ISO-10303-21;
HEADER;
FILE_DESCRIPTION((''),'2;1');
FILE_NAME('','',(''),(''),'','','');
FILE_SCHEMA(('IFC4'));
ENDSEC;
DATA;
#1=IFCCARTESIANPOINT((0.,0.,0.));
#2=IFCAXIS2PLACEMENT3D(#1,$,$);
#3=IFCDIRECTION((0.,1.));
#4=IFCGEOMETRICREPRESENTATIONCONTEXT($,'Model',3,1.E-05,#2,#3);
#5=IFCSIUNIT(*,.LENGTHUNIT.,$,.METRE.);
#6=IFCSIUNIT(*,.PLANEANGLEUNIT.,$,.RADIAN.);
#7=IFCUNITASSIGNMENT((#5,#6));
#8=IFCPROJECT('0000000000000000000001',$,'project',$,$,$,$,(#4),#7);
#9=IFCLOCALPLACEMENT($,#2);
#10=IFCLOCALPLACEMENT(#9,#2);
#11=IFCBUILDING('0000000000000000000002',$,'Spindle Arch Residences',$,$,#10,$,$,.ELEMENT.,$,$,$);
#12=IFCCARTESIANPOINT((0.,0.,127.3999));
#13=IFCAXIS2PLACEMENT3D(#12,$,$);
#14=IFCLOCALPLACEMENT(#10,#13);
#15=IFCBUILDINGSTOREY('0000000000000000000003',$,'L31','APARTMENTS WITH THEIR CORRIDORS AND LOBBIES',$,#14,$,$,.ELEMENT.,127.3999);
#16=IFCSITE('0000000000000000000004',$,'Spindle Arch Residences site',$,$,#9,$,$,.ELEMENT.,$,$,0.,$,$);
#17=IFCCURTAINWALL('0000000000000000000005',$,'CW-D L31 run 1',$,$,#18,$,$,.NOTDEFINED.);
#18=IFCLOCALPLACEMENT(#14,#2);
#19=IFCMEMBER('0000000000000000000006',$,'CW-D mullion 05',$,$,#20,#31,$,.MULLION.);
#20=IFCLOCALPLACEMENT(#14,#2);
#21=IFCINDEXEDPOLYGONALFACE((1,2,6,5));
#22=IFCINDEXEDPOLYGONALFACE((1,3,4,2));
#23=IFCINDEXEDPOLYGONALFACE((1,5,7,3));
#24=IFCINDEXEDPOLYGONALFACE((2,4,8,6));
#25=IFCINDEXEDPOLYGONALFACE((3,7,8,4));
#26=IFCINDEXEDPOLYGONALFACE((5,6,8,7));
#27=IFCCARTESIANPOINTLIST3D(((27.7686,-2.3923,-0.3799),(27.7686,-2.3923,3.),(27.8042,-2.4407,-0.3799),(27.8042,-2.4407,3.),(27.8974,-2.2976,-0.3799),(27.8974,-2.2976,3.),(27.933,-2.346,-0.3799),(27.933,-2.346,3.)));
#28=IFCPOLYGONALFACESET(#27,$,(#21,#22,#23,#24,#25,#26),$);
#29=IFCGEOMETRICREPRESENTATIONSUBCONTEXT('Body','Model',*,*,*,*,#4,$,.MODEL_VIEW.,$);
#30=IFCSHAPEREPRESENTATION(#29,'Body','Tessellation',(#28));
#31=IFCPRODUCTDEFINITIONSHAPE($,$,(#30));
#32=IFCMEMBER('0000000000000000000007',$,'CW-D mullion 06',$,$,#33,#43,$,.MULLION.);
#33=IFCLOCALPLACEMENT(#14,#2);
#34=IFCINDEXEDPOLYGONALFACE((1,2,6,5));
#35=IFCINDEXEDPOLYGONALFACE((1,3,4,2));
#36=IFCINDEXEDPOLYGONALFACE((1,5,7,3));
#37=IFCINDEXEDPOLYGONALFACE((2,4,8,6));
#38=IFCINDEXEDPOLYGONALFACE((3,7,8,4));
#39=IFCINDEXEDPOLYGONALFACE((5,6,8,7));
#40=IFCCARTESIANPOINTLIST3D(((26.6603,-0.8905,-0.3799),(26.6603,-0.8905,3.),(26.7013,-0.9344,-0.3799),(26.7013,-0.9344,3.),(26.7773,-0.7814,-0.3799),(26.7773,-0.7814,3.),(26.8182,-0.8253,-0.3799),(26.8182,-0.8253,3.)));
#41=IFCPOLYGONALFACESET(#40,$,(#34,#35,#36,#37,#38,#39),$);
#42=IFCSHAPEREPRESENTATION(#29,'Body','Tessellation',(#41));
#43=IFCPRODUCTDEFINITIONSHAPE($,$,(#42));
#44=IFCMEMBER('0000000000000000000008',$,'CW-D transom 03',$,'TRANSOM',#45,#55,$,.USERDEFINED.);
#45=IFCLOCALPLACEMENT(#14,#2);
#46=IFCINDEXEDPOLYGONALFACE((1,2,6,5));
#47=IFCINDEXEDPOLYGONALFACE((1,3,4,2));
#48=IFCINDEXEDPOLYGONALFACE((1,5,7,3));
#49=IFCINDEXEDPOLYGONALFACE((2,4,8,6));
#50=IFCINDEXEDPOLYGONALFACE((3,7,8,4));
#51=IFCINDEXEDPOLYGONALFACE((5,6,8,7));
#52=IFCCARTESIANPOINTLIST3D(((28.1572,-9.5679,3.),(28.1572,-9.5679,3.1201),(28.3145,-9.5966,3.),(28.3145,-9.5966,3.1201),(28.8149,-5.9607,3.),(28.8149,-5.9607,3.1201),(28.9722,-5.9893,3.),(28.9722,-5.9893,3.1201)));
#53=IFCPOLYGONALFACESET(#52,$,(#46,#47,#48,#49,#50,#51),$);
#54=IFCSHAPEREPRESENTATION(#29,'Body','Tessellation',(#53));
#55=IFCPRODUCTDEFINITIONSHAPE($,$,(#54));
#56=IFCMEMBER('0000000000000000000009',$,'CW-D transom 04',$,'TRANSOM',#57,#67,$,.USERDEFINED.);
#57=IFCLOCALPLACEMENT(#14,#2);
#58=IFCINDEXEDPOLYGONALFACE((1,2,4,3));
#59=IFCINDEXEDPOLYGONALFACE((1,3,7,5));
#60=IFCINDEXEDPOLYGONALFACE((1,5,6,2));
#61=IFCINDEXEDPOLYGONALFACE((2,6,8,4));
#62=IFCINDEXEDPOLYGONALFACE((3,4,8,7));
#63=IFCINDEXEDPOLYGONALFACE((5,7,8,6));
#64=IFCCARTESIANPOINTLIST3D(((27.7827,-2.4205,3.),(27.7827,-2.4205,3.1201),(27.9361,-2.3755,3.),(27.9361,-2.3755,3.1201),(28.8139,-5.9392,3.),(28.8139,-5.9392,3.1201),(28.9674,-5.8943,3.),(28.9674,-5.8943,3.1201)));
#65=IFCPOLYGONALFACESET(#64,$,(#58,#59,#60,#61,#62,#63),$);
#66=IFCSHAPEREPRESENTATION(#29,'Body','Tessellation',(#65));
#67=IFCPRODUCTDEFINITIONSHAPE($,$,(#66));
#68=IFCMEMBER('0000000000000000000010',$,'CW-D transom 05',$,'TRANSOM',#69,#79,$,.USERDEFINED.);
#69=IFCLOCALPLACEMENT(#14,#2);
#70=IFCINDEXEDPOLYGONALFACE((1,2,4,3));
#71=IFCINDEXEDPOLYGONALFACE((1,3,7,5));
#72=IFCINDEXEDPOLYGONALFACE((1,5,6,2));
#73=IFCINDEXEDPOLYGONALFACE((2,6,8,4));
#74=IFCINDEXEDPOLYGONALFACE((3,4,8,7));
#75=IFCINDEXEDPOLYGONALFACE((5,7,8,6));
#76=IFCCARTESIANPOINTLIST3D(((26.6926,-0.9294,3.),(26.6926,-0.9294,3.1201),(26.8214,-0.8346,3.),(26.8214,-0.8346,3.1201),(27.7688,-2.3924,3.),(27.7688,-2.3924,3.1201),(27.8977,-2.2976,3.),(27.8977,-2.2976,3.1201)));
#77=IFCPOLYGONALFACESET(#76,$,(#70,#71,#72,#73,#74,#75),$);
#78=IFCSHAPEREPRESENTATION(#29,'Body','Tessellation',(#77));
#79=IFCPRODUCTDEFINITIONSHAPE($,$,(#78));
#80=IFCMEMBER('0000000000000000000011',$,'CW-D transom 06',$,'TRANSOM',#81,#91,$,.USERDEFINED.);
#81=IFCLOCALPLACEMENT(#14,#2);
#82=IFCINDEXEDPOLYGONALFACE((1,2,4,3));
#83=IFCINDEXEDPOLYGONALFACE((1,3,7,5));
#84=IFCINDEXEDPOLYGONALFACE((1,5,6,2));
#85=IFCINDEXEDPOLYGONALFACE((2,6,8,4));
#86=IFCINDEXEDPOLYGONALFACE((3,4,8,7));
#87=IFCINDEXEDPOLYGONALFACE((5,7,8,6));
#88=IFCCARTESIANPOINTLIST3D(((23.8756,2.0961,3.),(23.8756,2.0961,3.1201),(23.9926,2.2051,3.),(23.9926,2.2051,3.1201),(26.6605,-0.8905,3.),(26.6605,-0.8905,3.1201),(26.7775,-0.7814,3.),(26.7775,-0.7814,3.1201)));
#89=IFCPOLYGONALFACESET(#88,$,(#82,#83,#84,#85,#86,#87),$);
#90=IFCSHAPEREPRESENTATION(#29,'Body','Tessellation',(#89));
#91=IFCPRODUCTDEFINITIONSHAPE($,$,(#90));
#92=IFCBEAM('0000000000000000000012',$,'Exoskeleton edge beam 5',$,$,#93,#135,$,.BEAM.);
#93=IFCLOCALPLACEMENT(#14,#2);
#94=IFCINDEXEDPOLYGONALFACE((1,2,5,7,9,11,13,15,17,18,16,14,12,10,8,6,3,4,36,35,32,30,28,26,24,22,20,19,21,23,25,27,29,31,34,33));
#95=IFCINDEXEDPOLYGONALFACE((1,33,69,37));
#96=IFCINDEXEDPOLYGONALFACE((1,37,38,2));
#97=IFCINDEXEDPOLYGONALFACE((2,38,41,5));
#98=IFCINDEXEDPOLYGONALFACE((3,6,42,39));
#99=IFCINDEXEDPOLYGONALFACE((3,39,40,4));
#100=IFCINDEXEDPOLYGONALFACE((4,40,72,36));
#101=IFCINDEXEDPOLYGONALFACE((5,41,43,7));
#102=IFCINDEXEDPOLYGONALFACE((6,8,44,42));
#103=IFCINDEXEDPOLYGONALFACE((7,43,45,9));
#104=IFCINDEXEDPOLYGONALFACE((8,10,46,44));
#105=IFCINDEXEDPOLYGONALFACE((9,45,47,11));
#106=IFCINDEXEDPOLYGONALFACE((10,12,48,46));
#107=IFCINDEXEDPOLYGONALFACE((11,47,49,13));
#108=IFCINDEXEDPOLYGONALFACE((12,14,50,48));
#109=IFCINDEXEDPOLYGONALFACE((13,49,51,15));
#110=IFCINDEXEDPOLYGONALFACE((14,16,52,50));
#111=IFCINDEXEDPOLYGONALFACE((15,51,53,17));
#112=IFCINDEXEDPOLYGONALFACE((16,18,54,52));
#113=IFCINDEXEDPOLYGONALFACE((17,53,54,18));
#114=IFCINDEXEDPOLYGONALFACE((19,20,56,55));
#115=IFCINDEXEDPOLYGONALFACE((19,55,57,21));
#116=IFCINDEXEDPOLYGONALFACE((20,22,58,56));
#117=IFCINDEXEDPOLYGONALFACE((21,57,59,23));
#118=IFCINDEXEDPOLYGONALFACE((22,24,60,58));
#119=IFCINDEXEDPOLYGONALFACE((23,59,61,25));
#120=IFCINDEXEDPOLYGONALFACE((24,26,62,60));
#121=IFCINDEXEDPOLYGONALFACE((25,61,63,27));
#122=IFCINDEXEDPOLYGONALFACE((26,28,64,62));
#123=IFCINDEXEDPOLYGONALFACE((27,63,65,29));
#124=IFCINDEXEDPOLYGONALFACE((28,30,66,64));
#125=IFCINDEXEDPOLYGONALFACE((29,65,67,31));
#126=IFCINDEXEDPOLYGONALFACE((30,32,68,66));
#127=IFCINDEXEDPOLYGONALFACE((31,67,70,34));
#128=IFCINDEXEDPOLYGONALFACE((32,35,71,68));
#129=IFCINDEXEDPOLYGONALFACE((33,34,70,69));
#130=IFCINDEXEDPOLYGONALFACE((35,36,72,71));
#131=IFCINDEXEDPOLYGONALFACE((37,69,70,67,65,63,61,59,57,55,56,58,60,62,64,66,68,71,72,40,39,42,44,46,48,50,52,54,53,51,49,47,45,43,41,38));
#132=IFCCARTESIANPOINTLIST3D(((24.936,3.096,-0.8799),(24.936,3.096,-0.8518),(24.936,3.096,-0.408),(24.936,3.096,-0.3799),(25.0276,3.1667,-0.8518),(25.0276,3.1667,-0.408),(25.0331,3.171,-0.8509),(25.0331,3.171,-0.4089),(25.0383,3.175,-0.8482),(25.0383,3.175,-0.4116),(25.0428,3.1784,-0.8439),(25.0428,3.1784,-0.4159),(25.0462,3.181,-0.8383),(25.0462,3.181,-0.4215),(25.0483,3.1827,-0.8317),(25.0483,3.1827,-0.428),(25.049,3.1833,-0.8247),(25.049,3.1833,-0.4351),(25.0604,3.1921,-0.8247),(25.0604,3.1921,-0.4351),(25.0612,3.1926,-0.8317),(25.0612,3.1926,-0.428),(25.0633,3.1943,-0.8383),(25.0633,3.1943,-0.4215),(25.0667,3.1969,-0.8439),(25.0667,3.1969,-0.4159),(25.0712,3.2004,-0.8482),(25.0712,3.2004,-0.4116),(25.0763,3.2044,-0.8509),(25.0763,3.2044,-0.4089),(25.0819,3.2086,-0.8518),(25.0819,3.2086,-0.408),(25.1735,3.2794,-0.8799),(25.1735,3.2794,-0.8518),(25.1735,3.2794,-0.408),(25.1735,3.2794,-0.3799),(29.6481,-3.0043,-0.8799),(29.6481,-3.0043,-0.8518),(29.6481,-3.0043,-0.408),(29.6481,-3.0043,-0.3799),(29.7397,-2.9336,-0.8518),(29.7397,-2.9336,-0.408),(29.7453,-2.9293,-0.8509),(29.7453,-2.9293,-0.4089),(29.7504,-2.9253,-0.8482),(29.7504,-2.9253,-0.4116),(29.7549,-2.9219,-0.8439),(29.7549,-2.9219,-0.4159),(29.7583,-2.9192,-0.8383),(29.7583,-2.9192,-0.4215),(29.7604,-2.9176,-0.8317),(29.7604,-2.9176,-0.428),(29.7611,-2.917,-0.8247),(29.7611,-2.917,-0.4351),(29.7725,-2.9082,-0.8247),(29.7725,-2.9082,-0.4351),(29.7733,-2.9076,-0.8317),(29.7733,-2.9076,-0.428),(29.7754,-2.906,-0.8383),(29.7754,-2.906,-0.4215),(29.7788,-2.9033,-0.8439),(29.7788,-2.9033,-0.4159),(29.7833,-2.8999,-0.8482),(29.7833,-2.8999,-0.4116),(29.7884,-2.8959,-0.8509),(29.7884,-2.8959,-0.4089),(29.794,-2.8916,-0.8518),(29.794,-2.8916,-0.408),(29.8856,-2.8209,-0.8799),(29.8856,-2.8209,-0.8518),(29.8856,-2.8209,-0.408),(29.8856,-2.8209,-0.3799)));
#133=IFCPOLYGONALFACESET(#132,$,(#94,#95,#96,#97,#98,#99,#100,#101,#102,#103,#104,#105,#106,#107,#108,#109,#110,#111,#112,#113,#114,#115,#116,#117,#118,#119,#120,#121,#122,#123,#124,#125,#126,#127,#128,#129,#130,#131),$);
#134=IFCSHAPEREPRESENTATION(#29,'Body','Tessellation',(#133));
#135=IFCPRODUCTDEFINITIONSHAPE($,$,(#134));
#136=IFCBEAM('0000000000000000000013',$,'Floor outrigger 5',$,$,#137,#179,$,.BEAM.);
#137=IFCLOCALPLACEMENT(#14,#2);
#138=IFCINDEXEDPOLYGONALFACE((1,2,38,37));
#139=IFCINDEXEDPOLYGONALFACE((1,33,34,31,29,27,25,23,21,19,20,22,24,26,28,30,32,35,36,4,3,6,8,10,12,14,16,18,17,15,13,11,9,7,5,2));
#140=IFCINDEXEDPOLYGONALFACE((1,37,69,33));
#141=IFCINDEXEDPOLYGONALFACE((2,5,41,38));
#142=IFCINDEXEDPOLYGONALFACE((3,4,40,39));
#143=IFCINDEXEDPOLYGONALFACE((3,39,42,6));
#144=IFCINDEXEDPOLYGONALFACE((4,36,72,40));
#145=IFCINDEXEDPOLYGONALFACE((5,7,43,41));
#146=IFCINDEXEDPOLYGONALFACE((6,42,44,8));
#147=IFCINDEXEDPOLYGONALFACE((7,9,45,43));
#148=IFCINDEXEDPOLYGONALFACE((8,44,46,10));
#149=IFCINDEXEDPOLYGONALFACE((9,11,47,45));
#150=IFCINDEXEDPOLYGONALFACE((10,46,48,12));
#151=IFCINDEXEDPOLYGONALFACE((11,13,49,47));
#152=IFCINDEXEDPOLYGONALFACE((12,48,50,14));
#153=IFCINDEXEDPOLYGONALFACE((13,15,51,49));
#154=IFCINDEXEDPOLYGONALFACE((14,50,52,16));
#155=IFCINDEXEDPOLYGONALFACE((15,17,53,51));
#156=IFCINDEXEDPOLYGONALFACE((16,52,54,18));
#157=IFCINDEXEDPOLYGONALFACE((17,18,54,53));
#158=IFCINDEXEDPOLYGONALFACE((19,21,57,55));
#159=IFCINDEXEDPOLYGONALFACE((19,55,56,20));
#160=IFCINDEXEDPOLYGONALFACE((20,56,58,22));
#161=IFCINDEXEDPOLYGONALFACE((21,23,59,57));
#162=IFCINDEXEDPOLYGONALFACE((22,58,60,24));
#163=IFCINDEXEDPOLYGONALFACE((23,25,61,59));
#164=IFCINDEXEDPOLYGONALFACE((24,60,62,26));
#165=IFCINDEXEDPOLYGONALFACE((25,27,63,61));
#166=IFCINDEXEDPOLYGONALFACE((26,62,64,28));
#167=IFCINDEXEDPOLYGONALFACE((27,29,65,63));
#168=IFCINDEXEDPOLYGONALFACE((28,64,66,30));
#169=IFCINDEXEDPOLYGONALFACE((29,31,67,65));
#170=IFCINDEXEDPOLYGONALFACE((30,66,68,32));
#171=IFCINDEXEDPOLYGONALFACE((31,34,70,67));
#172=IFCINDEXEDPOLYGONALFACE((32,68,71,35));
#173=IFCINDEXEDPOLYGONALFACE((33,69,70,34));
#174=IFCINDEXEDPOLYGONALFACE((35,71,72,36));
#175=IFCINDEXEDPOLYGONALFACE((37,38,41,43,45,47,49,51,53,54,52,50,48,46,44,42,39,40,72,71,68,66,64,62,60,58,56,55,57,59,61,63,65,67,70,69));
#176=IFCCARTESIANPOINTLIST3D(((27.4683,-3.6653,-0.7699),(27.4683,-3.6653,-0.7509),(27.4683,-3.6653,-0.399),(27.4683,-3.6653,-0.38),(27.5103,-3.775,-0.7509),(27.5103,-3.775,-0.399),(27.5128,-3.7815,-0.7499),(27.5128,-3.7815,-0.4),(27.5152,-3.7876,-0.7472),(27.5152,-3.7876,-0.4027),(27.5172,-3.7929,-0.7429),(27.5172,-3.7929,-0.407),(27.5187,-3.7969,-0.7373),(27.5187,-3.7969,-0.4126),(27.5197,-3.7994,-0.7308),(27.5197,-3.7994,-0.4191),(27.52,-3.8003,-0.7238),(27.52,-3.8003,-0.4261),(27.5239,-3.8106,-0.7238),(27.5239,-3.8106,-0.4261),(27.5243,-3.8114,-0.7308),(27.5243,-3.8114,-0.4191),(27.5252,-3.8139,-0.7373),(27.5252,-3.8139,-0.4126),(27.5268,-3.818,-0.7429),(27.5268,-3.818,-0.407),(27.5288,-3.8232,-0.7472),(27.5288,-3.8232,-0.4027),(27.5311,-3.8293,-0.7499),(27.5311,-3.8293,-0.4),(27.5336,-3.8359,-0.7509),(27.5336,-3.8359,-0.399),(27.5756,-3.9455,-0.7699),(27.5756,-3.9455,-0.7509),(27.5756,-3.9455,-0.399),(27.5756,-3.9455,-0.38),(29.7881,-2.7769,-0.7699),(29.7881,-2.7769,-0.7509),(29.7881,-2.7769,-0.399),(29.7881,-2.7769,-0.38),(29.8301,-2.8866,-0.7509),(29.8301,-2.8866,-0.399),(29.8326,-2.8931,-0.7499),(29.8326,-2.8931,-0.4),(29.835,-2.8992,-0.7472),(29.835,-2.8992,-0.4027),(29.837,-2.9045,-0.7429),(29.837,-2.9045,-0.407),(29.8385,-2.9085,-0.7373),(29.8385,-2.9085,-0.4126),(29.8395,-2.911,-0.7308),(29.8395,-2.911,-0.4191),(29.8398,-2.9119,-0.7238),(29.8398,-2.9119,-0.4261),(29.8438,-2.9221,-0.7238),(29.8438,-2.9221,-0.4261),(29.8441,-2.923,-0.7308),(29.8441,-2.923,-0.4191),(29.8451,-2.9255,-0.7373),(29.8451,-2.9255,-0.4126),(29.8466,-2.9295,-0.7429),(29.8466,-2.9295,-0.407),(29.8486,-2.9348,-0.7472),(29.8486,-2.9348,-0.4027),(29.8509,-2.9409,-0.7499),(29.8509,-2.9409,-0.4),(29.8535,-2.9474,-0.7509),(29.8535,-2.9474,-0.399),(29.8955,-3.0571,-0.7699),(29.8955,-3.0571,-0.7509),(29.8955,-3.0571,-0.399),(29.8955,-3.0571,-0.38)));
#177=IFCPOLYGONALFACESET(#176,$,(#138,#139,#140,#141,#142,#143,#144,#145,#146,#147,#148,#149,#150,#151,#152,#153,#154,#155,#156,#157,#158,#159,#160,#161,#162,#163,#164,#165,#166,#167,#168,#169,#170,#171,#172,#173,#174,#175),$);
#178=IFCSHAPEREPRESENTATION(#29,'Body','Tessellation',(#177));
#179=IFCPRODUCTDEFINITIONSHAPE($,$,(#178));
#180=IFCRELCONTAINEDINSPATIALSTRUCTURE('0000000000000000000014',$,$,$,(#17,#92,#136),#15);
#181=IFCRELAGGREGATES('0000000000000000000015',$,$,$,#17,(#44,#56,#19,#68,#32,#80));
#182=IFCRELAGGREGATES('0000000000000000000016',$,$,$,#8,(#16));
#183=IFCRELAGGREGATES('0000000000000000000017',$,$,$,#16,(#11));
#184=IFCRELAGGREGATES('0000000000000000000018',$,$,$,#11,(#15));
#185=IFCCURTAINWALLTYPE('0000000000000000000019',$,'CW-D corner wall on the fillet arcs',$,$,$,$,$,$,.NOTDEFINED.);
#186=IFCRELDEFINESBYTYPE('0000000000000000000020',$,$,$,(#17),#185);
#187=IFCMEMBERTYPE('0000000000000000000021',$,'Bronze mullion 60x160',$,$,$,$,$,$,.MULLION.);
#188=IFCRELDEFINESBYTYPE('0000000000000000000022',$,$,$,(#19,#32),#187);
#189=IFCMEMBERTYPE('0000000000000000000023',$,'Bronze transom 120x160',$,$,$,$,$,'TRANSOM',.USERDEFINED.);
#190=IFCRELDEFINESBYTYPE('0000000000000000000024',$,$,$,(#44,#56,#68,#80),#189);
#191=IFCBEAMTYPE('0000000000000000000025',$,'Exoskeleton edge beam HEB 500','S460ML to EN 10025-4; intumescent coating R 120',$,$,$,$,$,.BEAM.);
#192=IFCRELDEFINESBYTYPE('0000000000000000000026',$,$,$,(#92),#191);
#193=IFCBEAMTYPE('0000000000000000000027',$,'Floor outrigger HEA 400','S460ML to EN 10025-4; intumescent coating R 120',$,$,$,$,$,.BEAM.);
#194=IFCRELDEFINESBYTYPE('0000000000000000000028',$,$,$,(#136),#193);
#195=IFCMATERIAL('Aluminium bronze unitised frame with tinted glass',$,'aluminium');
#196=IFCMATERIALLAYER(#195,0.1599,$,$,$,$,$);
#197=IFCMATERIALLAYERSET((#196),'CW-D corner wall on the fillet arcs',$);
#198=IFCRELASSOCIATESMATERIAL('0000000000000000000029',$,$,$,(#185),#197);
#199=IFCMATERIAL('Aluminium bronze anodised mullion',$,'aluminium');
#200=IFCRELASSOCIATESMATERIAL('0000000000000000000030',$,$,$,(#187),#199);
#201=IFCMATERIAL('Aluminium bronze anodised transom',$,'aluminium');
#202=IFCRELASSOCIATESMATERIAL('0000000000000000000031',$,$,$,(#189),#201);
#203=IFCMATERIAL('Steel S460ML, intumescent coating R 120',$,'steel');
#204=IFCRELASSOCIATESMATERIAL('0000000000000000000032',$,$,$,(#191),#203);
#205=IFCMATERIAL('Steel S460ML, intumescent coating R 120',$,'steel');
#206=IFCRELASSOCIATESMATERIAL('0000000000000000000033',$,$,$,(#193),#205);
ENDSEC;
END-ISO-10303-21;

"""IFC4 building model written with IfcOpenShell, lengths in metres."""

from ifc_helpers import new_model, si_unit, direction, frame, origin, origin_2d, place, context, subcontext, project, spatial, rectangle, i_section, extrude, material, layer, layer_set, material_profile, profile_set, type_object, element, aggregate, save


model = new_model("IFC4")

# Units and contexts
model_context = context("Model", 3, precision=1e-05, world=origin(), true_north=direction((0.0, 1.0)))
body_context = subcontext(model_context, "Body", "Model", "MODEL_VIEW")
ifc_project = project(units=[si_unit("LENGTHUNIT", "METRE"), si_unit("PLANEANGLEUNIT", "RADIAN")], contexts=[model_context])

# Site, building, storey
site_placement = place(None, origin())
site = spatial("IfcSite", under=ifc_project, at=site_placement, Name="Spindle Arch Residences site", CompositionType="ELEMENT", RefElevation=0.0)
building_placement = place(site_placement, origin())
building = spatial("IfcBuilding", under=site, at=building_placement, Name="Spindle Arch Residences", CompositionType="ELEMENT")
storey_placement = place(building_placement, frame((0.0, 0.0, 127.3999)))
storey = spatial("IfcBuildingStorey", under=building, at=storey_placement, Name="L31", Description="APARTMENTS WITH THEIR CORRIDORS AND LOBBIES", CompositionType="ELEMENT", Elevation=127.3999)

# Curtain wall, members
ifc_material_1 = material(Name="Aluminium bronze unitised frame with tinted glass", Category="aluminium")
ifc_layer_1 = layer(ifc_material_1, 0.1599)
ifc_layer_set_1 = layer_set([ifc_layer_1], Name="CW-D corner wall on the fillet arcs")
curtain_wall_type = type_object("IfcCurtainWallType", Name="CW-D corner wall on the fillet arcs", PredefinedType="NOTDEFINED", material=ifc_layer_set_1)
curtain_wall_placement = place(storey_placement, origin())
curtain_wall = element("IfcCurtainWall", 1, at=curtain_wall_placement, inside=storey, type_object=curtain_wall_type, Name="CW-D L31 run 1", PredefinedType="NOTDEFINED")
ifc_material_2 = material(Name="Aluminium bronze anodised mullion", Category="aluminium")
ifc_material_profile_1 = material_profile(ifc_material_2, rectangle(XDim=0.1599, YDim=0.0601, at=origin_2d()), Name="MU 60x160")
ifc_profile_set_1 = profile_set([ifc_material_profile_1], Name="Aluminium bronze anodised mullion")
member_type_1 = type_object("IfcMemberType", Name="Bronze mullion 60x160", PredefinedType="MULLION", material=ifc_profile_set_1)
member_1_placement = place(storey_placement, frame((27.8508, -2.3691, -0.3799), z_axis=(0.0, 0.0, 1.0), x_axis=(-0.805584, -0.592482, 0.0)))
member_1 = element("IfcMember", 2, at=member_1_placement, type_object=member_type_1, Name="CW-D mullion 05", PredefinedType="MULLION", context=body_context, shape_type="SweptSolid", body=[
    extrude(rectangle(XDim=0.1599, YDim=0.0601, at=origin_2d()), origin(), (0.0, 0.0, 1.0), 3.3799),
])
member_2_placement = place(storey_placement, frame((26.7393, -0.8579, -0.3799), z_axis=(0.0, 0.0, 1.0), x_axis=(-0.731354, -0.681998, 0.0)))
member_2 = element("IfcMember", 3, at=member_2_placement, type_object=member_type_1, Name="CW-D mullion 06", PredefinedType="MULLION", context=body_context, shape_type="SweptSolid", body=[
    extrude(rectangle(XDim=0.1599, YDim=0.0601, at=origin_2d()), origin(), (0.0, 0.0, 1.0), 3.3799),
])
ifc_material_3 = material(Name="Aluminium bronze anodised transom", Category="aluminium")
ifc_material_profile_2 = material_profile(ifc_material_3, rectangle(XDim=0.1599, YDim=0.1201, at=origin_2d()), Name="TR 120x160")
ifc_profile_set_2 = profile_set([ifc_material_profile_2], Name="Aluminium bronze anodised transom")
member_type_2 = type_object("IfcMemberType", Name="Bronze transom 120x160", ElementType="TRANSOM", PredefinedType="USERDEFINED", material=ifc_profile_set_2)
member_3_placement = place(storey_placement, frame((28.2358, -9.5823, 3.0601), z_axis=(0.179378, 0.98378, 0.0), x_axis=(-0.98378, 0.179378, 0.0)))
member_3 = element("IfcMember", 4, at=member_3_placement, type_object=member_type_2, Name="CW-D transom 03", ObjectType="TRANSOM", PredefinedType="USERDEFINED", context=body_context, shape_type="SweptSolid", body=[
    extrude(rectangle(XDim=0.1599, YDim=0.1201, at=origin_2d()), origin(), (0.0, 0.0, 1.0), 3.6667),
])
member_4_placement = place(storey_placement, frame((28.8906, -5.9167, 3.0601), z_axis=(-0.28124, 0.959638, 0.0), x_axis=(-0.959638, -0.28124, 0.0)))
member_4 = element("IfcMember", 5, at=member_4_placement, type_object=member_type_2, Name="CW-D transom 04", ObjectType="TRANSOM", PredefinedType="USERDEFINED", context=body_context, shape_type="SweptSolid", body=[
    extrude(rectangle(XDim=0.1599, YDim=0.1201, at=origin_2d()), origin(), (0.0, 0.0, 1.0), 3.6667),
])
member_5_placement = place(storey_placement, frame((27.8333, -2.345, 3.0601), z_axis=(-0.592575, 0.805515, 0.0), x_axis=(-0.805515, -0.592575, 0.0)))
member_5 = element("IfcMember", 6, at=member_5_placement, type_object=member_type_2, Name="CW-D transom 05", ObjectType="TRANSOM", PredefinedType="USERDEFINED", context=body_context, shape_type="SweptSolid", body=[
    extrude(rectangle(XDim=0.1599, YDim=0.1201, at=origin_2d()), origin(), (0.0, 0.0, 1.0), 1.8162),
])
member_6_placement = place(storey_placement, frame((26.719, -0.8359, 3.0601), z_axis=(-0.681984, 0.731367, 0.0), x_axis=(-0.731367, -0.681984, 0.0)))
member_6 = element("IfcMember", 7, at=member_6_placement, type_object=member_type_2, Name="CW-D transom 06", ObjectType="TRANSOM", PredefinedType="USERDEFINED", context=body_context, shape_type="SweptSolid", body=[
    extrude(rectangle(XDim=0.1599, YDim=0.1201, at=origin_2d()), origin(), (0.0, 0.0, 1.0), 4.0835),
])

# Beams
ifc_material_4 = material(Name="Steel S460ML, intumescent coating R 120", Category="steel")
ifc_material_profile_3 = material_profile(ifc_material_4, i_section(OverallWidth=0.3, OverallDepth=0.5, WebThickness=0.0144, FlangeThickness=0.0281, FilletRadius=0.0271, at=origin_2d()), Name="HEB 500")
ifc_profile_set_3 = profile_set([ifc_material_profile_3], Name="Steel S460ML, intumescent coating R 120")
beam_type_1 = type_object("IfcBeamType", Name="Exoskeleton edge beam HEB 500", Description="S460ML to EN 10025-4; intumescent coating R 120", PredefinedType="BEAM", material=ifc_profile_set_3)
beam_1_placement = place(storey_placement, frame((29.7668, -2.9126, -0.6299), z_axis=(-0.611306, 0.791394, 0.0), x_axis=(-0.791394, -0.611306, 0.0)))
element("IfcBeam", 8, at=beam_1_placement, inside=storey, type_object=beam_type_1, Name="Exoskeleton edge beam 5", PredefinedType="BEAM", context=body_context, shape_type="SweptSolid", body=[
    extrude(i_section(OverallWidth=0.3, OverallDepth=0.5, WebThickness=0.0144, FlangeThickness=0.0281, FilletRadius=0.0271, at=origin_2d()), origin(), (0.0, 0.0, 1.0), 7.7083),
])
ifc_material_5 = material(Name="Steel S460ML, intumescent coating R 120", Category="steel")
ifc_material_profile_4 = material_profile(ifc_material_5, i_section(OverallWidth=0.3, OverallDepth=0.3899, WebThickness=0.011, FlangeThickness=0.019, FilletRadius=0.0271, at=origin_2d()), Name="HEA 400")
ifc_profile_set_4 = profile_set([ifc_material_profile_4], Name="Steel S460ML, intumescent coating R 120")
beam_type_2 = type_object("IfcBeamType", Name="Floor outrigger HEA 400", Description="S460ML to EN 10025-4; intumescent coating R 120", PredefinedType="BEAM", material=ifc_profile_set_4)
beam_2_placement = place(storey_placement, frame((29.8418, -2.917, -0.575), z_axis=(-0.933859, -0.357642, 0.0), x_axis=(0.357642, -0.933859, 0.0)))
element("IfcBeam", 9, at=beam_2_placement, inside=storey, type_object=beam_type_2, Name="Floor outrigger 5", PredefinedType="BEAM", context=body_context, shape_type="SweptSolid", body=[
    extrude(i_section(OverallWidth=0.3, OverallDepth=0.3899, WebThickness=0.011, FlangeThickness=0.019, FilletRadius=0.0271, at=origin_2d()), origin(), (0.0, 0.0, 1.0), 2.4841),
])

aggregate(curtain_wall, [member_3, member_4, member_1, member_5, member_2, member_6])

save(model, "model.ifc")
